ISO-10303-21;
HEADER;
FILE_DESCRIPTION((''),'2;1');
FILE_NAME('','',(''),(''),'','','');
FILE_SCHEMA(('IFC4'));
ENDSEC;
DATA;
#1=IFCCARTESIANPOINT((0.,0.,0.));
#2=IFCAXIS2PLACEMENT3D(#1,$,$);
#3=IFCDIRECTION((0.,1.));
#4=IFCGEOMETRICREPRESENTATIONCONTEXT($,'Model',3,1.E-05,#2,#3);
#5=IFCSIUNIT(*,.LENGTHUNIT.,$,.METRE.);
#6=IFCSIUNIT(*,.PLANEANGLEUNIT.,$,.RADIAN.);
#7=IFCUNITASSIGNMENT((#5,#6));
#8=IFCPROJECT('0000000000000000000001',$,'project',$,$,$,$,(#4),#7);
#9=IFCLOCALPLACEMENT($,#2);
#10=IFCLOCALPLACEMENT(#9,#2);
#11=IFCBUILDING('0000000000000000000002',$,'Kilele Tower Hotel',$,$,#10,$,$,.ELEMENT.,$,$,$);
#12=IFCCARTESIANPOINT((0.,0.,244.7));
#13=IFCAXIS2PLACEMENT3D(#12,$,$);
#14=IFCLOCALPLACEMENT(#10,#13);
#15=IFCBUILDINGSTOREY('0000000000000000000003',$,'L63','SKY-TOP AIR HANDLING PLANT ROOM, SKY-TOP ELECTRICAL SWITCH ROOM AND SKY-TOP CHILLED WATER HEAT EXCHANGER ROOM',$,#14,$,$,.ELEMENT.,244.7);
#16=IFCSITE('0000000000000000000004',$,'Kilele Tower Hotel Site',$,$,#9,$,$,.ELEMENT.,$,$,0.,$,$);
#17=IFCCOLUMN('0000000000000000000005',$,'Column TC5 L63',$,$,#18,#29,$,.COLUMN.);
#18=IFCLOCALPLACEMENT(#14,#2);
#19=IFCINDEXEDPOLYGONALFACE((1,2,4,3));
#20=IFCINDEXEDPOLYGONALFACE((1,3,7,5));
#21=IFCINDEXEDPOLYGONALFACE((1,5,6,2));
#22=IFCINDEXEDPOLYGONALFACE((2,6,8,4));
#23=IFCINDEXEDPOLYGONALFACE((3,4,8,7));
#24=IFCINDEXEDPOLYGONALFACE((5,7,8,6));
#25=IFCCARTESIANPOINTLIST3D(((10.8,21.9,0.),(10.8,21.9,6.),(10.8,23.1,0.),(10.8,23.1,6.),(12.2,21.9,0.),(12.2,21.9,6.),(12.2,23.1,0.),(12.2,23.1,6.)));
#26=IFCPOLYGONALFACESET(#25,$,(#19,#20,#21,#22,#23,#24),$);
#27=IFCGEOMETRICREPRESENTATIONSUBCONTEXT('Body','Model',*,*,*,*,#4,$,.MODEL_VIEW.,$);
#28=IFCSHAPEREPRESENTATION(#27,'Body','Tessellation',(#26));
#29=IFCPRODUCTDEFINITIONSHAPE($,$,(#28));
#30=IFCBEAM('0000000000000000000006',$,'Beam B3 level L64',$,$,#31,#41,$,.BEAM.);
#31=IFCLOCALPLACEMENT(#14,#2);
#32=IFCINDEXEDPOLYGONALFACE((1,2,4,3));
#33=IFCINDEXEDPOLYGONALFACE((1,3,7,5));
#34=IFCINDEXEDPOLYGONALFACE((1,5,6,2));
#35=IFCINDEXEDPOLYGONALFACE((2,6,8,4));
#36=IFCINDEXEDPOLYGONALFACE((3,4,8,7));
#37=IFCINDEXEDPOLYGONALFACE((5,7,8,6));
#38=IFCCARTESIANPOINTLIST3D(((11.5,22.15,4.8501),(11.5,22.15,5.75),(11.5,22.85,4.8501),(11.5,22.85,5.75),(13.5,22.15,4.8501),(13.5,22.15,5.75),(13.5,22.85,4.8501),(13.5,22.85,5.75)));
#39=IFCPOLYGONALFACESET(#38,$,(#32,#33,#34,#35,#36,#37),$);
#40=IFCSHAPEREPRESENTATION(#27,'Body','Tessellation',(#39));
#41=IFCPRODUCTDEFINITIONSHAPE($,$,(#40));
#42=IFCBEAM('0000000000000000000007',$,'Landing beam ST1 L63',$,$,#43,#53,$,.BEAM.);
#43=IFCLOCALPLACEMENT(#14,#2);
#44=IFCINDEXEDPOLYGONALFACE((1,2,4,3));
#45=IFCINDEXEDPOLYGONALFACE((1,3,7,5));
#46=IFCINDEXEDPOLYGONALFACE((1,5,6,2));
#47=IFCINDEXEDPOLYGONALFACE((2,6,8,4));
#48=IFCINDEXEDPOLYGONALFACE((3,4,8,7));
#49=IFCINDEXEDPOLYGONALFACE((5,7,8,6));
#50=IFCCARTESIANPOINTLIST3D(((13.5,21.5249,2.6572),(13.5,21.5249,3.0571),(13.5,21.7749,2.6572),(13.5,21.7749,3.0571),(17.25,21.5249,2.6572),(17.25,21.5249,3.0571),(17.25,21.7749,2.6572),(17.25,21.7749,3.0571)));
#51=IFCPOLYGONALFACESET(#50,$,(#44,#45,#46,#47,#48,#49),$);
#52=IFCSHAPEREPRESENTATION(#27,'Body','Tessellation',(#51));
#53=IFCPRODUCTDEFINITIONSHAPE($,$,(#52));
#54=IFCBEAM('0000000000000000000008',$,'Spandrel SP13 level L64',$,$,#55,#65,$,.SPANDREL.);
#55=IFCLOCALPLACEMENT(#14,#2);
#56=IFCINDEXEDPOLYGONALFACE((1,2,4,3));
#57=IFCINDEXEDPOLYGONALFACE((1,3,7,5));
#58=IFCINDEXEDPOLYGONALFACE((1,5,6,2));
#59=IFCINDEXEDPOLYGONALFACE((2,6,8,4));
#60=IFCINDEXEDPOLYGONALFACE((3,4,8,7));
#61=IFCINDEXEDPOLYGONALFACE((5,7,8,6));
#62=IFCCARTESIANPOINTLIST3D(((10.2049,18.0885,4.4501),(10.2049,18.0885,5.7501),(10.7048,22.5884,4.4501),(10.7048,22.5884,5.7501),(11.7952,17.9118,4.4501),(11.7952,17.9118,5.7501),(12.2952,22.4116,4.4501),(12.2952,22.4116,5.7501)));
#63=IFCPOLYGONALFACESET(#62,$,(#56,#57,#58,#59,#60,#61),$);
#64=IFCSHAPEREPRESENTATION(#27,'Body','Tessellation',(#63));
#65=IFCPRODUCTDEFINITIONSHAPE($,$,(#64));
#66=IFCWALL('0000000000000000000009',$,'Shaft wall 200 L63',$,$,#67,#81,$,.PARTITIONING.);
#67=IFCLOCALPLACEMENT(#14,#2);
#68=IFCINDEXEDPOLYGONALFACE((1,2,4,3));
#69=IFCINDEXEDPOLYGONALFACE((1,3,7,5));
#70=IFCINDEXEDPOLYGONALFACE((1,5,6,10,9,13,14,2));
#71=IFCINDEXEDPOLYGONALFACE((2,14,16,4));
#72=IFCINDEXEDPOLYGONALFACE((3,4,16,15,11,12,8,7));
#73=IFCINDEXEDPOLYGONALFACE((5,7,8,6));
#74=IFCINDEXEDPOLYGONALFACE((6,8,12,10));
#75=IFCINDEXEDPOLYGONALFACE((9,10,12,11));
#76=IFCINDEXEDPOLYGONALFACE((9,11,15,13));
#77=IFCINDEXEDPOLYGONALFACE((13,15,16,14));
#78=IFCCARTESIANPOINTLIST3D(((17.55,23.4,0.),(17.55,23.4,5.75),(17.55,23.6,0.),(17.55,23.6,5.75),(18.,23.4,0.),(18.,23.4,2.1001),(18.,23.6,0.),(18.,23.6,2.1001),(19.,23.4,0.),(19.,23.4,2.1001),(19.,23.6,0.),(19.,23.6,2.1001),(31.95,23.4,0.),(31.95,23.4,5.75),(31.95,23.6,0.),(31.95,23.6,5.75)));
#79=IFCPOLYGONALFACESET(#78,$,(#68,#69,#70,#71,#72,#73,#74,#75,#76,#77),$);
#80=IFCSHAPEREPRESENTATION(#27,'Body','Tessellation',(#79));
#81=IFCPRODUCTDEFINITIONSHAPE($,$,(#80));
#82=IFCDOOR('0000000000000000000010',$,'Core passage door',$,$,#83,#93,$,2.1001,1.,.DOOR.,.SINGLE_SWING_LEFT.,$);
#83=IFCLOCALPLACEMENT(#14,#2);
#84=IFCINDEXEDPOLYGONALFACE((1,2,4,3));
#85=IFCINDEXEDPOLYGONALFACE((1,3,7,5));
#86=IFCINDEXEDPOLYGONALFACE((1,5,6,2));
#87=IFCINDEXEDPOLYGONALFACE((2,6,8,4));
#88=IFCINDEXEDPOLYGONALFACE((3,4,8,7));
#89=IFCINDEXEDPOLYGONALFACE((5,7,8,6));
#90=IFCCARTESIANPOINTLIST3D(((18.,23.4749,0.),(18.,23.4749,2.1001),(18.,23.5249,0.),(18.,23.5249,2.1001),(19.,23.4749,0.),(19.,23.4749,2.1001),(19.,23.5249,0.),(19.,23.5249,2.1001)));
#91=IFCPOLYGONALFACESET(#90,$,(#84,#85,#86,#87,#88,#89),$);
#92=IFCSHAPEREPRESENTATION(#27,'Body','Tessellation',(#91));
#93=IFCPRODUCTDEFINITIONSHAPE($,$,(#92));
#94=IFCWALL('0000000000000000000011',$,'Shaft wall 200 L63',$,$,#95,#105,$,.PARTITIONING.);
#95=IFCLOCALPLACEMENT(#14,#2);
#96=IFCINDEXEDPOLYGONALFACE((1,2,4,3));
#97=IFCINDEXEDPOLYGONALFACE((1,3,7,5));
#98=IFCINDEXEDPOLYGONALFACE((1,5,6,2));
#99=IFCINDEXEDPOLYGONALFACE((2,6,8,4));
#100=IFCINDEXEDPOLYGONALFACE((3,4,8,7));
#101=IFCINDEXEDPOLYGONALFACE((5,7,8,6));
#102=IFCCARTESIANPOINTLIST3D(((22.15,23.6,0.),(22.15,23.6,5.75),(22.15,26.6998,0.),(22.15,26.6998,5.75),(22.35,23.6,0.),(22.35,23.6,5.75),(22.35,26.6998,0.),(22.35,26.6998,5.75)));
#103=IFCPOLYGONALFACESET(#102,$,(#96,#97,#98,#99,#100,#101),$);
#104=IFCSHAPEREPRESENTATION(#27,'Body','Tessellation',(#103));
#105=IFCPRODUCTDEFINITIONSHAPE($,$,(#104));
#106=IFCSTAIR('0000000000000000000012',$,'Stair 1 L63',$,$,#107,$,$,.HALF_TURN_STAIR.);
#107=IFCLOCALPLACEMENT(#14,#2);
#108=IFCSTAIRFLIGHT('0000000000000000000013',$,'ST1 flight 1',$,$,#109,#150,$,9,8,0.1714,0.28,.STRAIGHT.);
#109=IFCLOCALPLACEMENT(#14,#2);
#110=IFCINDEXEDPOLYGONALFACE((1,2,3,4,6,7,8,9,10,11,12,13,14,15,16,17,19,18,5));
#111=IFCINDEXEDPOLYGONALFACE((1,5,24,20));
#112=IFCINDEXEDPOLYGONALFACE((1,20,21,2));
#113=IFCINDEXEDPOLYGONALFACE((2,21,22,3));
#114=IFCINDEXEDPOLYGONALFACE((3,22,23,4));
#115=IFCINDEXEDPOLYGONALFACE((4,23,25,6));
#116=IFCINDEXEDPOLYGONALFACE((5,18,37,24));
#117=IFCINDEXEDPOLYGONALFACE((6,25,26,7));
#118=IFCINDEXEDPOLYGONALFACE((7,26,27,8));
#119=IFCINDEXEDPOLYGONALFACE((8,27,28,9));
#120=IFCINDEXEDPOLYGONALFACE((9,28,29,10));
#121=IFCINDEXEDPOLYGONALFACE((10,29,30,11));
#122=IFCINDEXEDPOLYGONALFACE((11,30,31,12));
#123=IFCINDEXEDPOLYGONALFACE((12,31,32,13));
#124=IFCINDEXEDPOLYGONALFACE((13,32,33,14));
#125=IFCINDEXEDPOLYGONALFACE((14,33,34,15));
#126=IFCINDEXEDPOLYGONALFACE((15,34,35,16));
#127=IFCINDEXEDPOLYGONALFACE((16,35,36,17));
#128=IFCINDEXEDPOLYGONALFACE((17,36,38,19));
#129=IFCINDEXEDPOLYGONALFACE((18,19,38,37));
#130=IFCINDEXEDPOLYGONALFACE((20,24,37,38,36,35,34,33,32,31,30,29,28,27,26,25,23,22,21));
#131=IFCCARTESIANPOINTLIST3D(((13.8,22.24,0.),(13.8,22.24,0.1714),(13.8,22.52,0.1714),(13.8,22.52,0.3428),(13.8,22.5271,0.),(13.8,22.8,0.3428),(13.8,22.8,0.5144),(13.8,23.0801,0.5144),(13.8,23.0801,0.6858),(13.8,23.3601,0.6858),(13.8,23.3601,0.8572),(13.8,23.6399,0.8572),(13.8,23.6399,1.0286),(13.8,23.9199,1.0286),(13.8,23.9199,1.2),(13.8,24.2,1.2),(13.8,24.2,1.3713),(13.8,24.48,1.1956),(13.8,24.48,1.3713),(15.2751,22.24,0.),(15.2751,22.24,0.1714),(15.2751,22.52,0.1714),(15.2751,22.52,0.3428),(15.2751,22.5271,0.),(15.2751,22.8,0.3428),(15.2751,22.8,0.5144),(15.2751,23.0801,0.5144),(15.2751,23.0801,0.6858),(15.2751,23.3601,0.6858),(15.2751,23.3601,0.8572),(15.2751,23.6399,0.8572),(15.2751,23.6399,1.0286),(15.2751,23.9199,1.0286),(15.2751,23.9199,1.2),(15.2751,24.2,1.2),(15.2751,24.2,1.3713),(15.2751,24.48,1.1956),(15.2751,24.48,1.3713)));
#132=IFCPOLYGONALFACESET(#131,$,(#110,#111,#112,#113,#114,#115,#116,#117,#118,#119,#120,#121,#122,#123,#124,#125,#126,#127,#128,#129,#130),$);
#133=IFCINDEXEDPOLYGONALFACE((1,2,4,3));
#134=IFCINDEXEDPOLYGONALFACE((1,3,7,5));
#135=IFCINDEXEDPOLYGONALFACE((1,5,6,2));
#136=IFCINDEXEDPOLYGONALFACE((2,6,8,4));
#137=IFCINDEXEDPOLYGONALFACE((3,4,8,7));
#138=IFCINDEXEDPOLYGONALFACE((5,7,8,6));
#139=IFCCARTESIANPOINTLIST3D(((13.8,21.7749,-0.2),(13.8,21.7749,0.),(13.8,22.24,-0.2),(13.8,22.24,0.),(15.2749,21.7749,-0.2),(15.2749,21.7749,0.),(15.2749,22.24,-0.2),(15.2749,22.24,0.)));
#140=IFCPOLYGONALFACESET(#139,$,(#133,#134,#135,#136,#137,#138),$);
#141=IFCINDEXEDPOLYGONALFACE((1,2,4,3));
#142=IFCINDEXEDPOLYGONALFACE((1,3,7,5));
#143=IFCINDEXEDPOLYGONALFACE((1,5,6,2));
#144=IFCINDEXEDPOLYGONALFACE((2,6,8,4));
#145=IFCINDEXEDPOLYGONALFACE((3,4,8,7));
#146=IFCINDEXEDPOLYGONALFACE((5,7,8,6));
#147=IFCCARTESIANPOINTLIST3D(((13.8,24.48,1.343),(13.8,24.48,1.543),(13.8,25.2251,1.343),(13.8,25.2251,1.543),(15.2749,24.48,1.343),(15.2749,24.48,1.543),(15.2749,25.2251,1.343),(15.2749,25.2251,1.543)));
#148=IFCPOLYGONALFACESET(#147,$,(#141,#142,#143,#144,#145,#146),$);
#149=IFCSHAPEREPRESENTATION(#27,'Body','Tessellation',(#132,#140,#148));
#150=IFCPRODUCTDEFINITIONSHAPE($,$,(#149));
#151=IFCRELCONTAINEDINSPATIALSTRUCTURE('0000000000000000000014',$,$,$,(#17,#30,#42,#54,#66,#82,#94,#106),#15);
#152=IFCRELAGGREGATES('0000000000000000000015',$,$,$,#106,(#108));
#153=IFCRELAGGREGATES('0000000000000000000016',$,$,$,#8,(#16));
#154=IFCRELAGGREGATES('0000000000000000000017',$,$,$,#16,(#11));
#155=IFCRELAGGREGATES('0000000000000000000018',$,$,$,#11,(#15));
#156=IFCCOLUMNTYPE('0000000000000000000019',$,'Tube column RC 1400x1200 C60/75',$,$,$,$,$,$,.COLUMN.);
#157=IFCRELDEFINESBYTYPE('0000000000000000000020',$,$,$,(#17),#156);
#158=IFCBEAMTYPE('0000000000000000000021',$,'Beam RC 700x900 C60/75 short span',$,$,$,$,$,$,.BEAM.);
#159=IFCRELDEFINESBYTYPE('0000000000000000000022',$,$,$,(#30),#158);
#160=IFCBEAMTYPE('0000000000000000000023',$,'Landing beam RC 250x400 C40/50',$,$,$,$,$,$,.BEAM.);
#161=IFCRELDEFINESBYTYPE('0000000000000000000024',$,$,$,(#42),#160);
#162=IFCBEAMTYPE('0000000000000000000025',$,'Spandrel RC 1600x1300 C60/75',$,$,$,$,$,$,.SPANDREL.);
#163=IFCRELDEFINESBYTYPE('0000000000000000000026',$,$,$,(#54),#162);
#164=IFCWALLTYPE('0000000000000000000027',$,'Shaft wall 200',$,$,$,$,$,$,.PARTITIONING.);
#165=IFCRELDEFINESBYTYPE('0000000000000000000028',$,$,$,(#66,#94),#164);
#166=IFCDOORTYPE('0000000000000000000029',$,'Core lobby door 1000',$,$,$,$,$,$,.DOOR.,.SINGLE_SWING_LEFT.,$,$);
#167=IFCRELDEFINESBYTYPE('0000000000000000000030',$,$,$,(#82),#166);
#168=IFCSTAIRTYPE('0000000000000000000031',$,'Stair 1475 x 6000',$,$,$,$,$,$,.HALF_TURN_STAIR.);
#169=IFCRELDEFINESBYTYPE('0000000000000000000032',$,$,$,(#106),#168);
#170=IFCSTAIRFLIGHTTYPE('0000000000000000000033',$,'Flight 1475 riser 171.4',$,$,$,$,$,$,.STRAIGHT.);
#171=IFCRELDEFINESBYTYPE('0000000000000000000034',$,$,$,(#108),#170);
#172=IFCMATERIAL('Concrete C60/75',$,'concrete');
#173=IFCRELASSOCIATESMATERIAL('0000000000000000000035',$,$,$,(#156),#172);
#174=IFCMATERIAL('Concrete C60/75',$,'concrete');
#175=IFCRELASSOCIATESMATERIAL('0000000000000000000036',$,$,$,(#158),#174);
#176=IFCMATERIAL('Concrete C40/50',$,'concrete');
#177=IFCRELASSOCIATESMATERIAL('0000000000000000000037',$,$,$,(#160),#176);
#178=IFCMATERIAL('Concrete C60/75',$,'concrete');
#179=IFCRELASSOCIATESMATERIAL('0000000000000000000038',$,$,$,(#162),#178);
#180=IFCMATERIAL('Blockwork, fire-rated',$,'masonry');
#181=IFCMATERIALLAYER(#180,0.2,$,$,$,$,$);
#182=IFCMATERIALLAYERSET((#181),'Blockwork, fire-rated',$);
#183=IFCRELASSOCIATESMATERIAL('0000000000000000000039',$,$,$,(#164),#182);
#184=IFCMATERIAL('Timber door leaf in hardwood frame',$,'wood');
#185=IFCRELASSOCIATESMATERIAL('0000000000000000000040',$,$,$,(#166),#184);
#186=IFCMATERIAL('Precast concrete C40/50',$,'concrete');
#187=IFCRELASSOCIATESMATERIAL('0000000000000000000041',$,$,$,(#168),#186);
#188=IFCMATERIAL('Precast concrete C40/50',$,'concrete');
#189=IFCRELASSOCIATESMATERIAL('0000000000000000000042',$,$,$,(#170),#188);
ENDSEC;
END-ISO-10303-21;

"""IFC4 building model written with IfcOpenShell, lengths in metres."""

from ifc_helpers import new_model, si_unit, direction, frame, frame_2d, origin, origin_2d, place, context, subcontext, project, spatial, polyline, rectangle, outline, extrude, material, layer, layer_set, material_profile, profile_set, type_object, element, fill, aggregate, save


model = new_model("IFC4")

# Units and contexts
model_context = context("Model", 3, precision=1e-05, world=origin(), true_north=direction((0.0, 1.0)))
body_context = subcontext(model_context, "Body", "Model", "MODEL_VIEW")
ifc_project = project(units=[si_unit("LENGTHUNIT", "METRE"), si_unit("PLANEANGLEUNIT", "RADIAN")], contexts=[model_context])

# Site, building, storey
site_placement = place(None, origin())
site = spatial("IfcSite", under=ifc_project, at=site_placement, Name="Kilele Tower Hotel Site", CompositionType="ELEMENT", RefElevation=0.0)
building_placement = place(site_placement, origin())
building = spatial("IfcBuilding", under=site, at=building_placement, Name="Kilele Tower Hotel", CompositionType="ELEMENT")
storey_placement = place(building_placement, frame((0.0, 0.0, 244.7)))
storey = spatial("IfcBuildingStorey", under=building, at=storey_placement, Name="L63", Description="SKY-TOP AIR HANDLING PLANT ROOM, SKY-TOP ELECTRICAL SWITCH ROOM AND SKY-TOP CHILLED WATER HEAT EXCHANGER ROOM", CompositionType="ELEMENT", Elevation=244.7)

# Column
ifc_material_1 = material(Name="Concrete C60/75", Category="concrete")
ifc_material_profile_1 = material_profile(ifc_material_1, rectangle(XDim=1.3999, YDim=1.2, at=origin_2d()))
ifc_profile_set_1 = profile_set([ifc_material_profile_1], Name="Concrete C60/75")
column_type = type_object("IfcColumnType", Name="Tube column RC 1400x1200 C60/75", PredefinedType="COLUMN", material=ifc_profile_set_1)
column_placement = place(storey_placement, frame((11.5, 22.5, 0.0), z_axis=(0.0, 0.0, 1.0), x_axis=(1.0, 0.0, 0.0)))
element("IfcColumn", 1, at=column_placement, inside=storey, type_object=column_type, Name="Column TC5 L63", PredefinedType="COLUMN", context=body_context, shape_type="SweptSolid", body=[
    extrude(rectangle(XDim=1.3999, YDim=1.2, at=origin_2d()), origin(), (0.0, 0.0, 1.0), 6.0),
])

# Beams
ifc_material_2 = material(Name="Concrete C60/75", Category="concrete")
ifc_material_profile_2 = material_profile(ifc_material_2, rectangle(XDim=0.7, YDim=0.8999, at=origin_2d()))
ifc_profile_set_2 = profile_set([ifc_material_profile_2], Name="Concrete C60/75")
beam_type_1 = type_object("IfcBeamType", Name="Beam RC 700x900 C60/75 short span", PredefinedType="BEAM", material=ifc_profile_set_2)
beam_1_placement = place(storey_placement, frame((11.5, 22.5, 5.3), z_axis=(1.0, 0.0, 0.0), x_axis=(0.0, 1.0, 0.0)))
element("IfcBeam", 2, at=beam_1_placement, inside=storey, type_object=beam_type_1, Name="Beam B3 level L64", PredefinedType="BEAM", context=body_context, shape_type="SweptSolid", body=[
    extrude(rectangle(XDim=0.7, YDim=0.8999, at=origin_2d()), origin(), (0.0, 0.0, 1.0), 2.0),
])
ifc_material_3 = material(Name="Concrete C40/50", Category="concrete")
ifc_material_profile_3 = material_profile(ifc_material_3, rectangle(XDim=0.25, YDim=0.3999, at=origin_2d()))
ifc_profile_set_3 = profile_set([ifc_material_profile_3], Name="Concrete C40/50")
beam_type_2 = type_object("IfcBeamType", Name="Landing beam RC 250x400 C40/50", PredefinedType="BEAM", material=ifc_profile_set_3)
beam_2_placement = place(storey_placement, frame((13.5, 21.6499, 2.8572), z_axis=(1.0, 0.0, 0.0), x_axis=(0.0, 1.0, 0.0)))
element("IfcBeam", 3, at=beam_2_placement, inside=storey, type_object=beam_type_2, Name="Landing beam ST1 L63", PredefinedType="BEAM", context=body_context, shape_type="SweptSolid", body=[
    extrude(rectangle(XDim=0.25, YDim=0.3999, at=origin_2d()), origin(), (0.0, 0.0, 1.0), 3.75),
])
ifc_material_4 = material(Name="Concrete C60/75", Category="concrete")
ifc_material_profile_4 = material_profile(ifc_material_4, rectangle(XDim=1.6001, YDim=1.3, at=origin_2d()))
ifc_profile_set_4 = profile_set([ifc_material_profile_4], Name="Concrete C60/75")
beam_type_3 = type_object("IfcBeamType", Name="Spandrel RC 1600x1300 C60/75", PredefinedType="SPANDREL", material=ifc_profile_set_4)
beam_3_placement = place(storey_placement, frame((11.5, 22.5, 5.1001), z_axis=(-0.110432, -0.993884, 0.0), x_axis=(0.993884, -0.110432, 0.0)))
element("IfcBeam", 4, at=beam_3_placement, inside=storey, type_object=beam_type_3, Name="Spandrel SP13 level L64", PredefinedType="SPANDREL", context=body_context, shape_type="SweptSolid", body=[
    extrude(rectangle(XDim=1.6001, YDim=1.3, at=origin_2d()), origin(), (0.0, 0.0, 1.0), 4.5276),
])

# Wall, opening, door
ifc_material_5 = material(Name="Blockwork, fire-rated", Category="masonry")
ifc_layer = layer(ifc_material_5, 0.2)
ifc_layer_set = layer_set([ifc_layer], Name="Blockwork, fire-rated")
wall_type = type_object("IfcWallType", Name="Shaft wall 200", PredefinedType="PARTITIONING", material=ifc_layer_set)
wall_1_placement = place(storey_placement, frame((17.55, 23.5, 0.0), z_axis=(0.0, 0.0, 1.0), x_axis=(1.0, 0.0, 0.0)))
wall_1 = element("IfcWall", 5, at=wall_1_placement, inside=storey, type_object=wall_type, Name="Shaft wall 200 L63", PredefinedType="PARTITIONING", context=body_context, shape_type="SweptSolid", body=[
    extrude(rectangle(XDim=14.3999, YDim=0.2, at=frame_2d((7.2, 0.0))), origin(), (0.0, 0.0, 1.0), 5.75),
])
opening_placement = place(wall_1_placement, frame((0.45, 0.0, 0.0)))
opening = element("IfcOpeningElement", 6, at=opening_placement, cuts=wall_1, PredefinedType="OPENING", context=body_context, shape_type="SweptSolid", body=[
    extrude(rectangle(XDim=1.0, YDim=2.1001, at=frame_2d((0.5, 1.05))), frame((0.0, 0.1099, 0.0), z_axis=(0.0, -1.0, 0.0), x_axis=(1.0, 0.0, 0.0)), (0.0, 0.0, 1.0), 0.22),
])
ifc_material_6 = material(Name="Timber door leaf in hardwood frame", Category="wood")
door_type = type_object("IfcDoorType", Name="Core lobby door 1000", OperationType="SINGLE_SWING_LEFT", PredefinedType="DOOR", material=ifc_material_6)
door_placement = place(opening_placement, origin())
door = element("IfcDoor", 7, at=door_placement, inside=storey, type_object=door_type, Name="Core passage door", OperationType="SINGLE_SWING_LEFT", OverallHeight=2.1001, OverallWidth=1.0, PredefinedType="DOOR", context=body_context, shape_type="SweptSolid", body=[
    extrude(rectangle(XDim=1.0, YDim=2.1001, at=frame_2d((0.5, 1.05))), frame((0.0, 0.0249, 0.0), z_axis=(0.0, -1.0, 0.0), x_axis=(1.0, 0.0, 0.0)), (0.0, 0.0, 1.0), 0.05),
])
fill(opening, door)

# Wall
wall_2_placement = place(storey_placement, frame((22.25, 23.6001, 0.0), z_axis=(0.0, 0.0, 1.0), x_axis=(0.0, 1.0, 0.0)))
element("IfcWall", 8, at=wall_2_placement, inside=storey, type_object=wall_type, Name="Shaft wall 200 L63", PredefinedType="PARTITIONING", context=body_context, shape_type="SweptSolid", body=[
    extrude(rectangle(XDim=3.0999, YDim=0.2, at=frame_2d((1.5498, 0.0))), origin(), (0.0, 0.0, 1.0), 5.75),
])

# Stair, stair flight
ifc_material_7 = material(Name="Precast concrete C40/50", Category="concrete")
stair_type = type_object("IfcStairType", Name="Stair 1475 x 6000", PredefinedType="HALF_TURN_STAIR", material=ifc_material_7)
stair_placement = place(storey_placement, origin())
stair = element("IfcStair", 9, at=stair_placement, inside=storey, type_object=stair_type, Name="Stair 1 L63", PredefinedType="HALF_TURN_STAIR")
ifc_material_8 = material(Name="Precast concrete C40/50", Category="concrete")
stair_flight_type = type_object("IfcStairFlightType", Name="Flight 1475 riser 171.4", PredefinedType="STRAIGHT", material=ifc_material_8)
stair_flight_1_placement = place(storey_placement, frame((14.5376, 22.24, 0.0), z_axis=(0.0, 0.0, 1.0), x_axis=(0.0, 1.0, 0.0)))
stair_flight_1 = element("IfcStairFlight", 10, at=stair_flight_1_placement, type_object=stair_flight_type, Name="ST1 flight 1", NumberOfRisers=9, NumberOfTreads=8, PredefinedType="STRAIGHT", RiserHeight=0.1714, TreadLength=0.28, context=body_context, shape_type="SweptSolid", body=[
    extrude(outline(polyline([(0.0, 0.0), (0.0, 0.1714), (0.28, 0.1714), (0.28, 0.3428), (0.5601, 0.3428), (0.5601, 0.5144), (0.8401, 0.5144), (0.8401, 0.6858), (1.1201, 0.6858), (1.1201, 0.8572), (1.3999, 0.8572), (1.3999, 1.0286), (1.6799, 1.0286), (1.6799, 1.2), (1.96, 1.2), (1.96, 1.3713), (2.24, 1.3713), (2.24, 1.543), (2.24, 1.1956), (0.2871, 0.0), (0.0, 0.0)])), frame((0.0, 0.7375, 0.0), z_axis=(0.0, -1.0, 0.0), x_axis=(1.0, 0.0, 0.0)), (0.0, 0.0, 1.0), 1.4751),
    extrude(outline(polyline([(-0.4651, 0.7375), (-0.4651, -0.7373), (0.0, -0.7373), (0.0, 0.7375), (-0.4651, 0.7375)])), frame((0.0, 0.0, -0.2)), (0.0, 0.0, 1.0), 0.2),
    extrude(outline(polyline([(2.24, 0.7375), (2.24, -0.7373), (2.9851, -0.7373), (2.9851, 0.7375), (2.24, 0.7375)])), frame((0.0, 0.0, 1.343)), (0.0, 0.0, 1.0), 0.2),
])
aggregate(stair, [stair_flight_1])

save(model, "model.ifc")
